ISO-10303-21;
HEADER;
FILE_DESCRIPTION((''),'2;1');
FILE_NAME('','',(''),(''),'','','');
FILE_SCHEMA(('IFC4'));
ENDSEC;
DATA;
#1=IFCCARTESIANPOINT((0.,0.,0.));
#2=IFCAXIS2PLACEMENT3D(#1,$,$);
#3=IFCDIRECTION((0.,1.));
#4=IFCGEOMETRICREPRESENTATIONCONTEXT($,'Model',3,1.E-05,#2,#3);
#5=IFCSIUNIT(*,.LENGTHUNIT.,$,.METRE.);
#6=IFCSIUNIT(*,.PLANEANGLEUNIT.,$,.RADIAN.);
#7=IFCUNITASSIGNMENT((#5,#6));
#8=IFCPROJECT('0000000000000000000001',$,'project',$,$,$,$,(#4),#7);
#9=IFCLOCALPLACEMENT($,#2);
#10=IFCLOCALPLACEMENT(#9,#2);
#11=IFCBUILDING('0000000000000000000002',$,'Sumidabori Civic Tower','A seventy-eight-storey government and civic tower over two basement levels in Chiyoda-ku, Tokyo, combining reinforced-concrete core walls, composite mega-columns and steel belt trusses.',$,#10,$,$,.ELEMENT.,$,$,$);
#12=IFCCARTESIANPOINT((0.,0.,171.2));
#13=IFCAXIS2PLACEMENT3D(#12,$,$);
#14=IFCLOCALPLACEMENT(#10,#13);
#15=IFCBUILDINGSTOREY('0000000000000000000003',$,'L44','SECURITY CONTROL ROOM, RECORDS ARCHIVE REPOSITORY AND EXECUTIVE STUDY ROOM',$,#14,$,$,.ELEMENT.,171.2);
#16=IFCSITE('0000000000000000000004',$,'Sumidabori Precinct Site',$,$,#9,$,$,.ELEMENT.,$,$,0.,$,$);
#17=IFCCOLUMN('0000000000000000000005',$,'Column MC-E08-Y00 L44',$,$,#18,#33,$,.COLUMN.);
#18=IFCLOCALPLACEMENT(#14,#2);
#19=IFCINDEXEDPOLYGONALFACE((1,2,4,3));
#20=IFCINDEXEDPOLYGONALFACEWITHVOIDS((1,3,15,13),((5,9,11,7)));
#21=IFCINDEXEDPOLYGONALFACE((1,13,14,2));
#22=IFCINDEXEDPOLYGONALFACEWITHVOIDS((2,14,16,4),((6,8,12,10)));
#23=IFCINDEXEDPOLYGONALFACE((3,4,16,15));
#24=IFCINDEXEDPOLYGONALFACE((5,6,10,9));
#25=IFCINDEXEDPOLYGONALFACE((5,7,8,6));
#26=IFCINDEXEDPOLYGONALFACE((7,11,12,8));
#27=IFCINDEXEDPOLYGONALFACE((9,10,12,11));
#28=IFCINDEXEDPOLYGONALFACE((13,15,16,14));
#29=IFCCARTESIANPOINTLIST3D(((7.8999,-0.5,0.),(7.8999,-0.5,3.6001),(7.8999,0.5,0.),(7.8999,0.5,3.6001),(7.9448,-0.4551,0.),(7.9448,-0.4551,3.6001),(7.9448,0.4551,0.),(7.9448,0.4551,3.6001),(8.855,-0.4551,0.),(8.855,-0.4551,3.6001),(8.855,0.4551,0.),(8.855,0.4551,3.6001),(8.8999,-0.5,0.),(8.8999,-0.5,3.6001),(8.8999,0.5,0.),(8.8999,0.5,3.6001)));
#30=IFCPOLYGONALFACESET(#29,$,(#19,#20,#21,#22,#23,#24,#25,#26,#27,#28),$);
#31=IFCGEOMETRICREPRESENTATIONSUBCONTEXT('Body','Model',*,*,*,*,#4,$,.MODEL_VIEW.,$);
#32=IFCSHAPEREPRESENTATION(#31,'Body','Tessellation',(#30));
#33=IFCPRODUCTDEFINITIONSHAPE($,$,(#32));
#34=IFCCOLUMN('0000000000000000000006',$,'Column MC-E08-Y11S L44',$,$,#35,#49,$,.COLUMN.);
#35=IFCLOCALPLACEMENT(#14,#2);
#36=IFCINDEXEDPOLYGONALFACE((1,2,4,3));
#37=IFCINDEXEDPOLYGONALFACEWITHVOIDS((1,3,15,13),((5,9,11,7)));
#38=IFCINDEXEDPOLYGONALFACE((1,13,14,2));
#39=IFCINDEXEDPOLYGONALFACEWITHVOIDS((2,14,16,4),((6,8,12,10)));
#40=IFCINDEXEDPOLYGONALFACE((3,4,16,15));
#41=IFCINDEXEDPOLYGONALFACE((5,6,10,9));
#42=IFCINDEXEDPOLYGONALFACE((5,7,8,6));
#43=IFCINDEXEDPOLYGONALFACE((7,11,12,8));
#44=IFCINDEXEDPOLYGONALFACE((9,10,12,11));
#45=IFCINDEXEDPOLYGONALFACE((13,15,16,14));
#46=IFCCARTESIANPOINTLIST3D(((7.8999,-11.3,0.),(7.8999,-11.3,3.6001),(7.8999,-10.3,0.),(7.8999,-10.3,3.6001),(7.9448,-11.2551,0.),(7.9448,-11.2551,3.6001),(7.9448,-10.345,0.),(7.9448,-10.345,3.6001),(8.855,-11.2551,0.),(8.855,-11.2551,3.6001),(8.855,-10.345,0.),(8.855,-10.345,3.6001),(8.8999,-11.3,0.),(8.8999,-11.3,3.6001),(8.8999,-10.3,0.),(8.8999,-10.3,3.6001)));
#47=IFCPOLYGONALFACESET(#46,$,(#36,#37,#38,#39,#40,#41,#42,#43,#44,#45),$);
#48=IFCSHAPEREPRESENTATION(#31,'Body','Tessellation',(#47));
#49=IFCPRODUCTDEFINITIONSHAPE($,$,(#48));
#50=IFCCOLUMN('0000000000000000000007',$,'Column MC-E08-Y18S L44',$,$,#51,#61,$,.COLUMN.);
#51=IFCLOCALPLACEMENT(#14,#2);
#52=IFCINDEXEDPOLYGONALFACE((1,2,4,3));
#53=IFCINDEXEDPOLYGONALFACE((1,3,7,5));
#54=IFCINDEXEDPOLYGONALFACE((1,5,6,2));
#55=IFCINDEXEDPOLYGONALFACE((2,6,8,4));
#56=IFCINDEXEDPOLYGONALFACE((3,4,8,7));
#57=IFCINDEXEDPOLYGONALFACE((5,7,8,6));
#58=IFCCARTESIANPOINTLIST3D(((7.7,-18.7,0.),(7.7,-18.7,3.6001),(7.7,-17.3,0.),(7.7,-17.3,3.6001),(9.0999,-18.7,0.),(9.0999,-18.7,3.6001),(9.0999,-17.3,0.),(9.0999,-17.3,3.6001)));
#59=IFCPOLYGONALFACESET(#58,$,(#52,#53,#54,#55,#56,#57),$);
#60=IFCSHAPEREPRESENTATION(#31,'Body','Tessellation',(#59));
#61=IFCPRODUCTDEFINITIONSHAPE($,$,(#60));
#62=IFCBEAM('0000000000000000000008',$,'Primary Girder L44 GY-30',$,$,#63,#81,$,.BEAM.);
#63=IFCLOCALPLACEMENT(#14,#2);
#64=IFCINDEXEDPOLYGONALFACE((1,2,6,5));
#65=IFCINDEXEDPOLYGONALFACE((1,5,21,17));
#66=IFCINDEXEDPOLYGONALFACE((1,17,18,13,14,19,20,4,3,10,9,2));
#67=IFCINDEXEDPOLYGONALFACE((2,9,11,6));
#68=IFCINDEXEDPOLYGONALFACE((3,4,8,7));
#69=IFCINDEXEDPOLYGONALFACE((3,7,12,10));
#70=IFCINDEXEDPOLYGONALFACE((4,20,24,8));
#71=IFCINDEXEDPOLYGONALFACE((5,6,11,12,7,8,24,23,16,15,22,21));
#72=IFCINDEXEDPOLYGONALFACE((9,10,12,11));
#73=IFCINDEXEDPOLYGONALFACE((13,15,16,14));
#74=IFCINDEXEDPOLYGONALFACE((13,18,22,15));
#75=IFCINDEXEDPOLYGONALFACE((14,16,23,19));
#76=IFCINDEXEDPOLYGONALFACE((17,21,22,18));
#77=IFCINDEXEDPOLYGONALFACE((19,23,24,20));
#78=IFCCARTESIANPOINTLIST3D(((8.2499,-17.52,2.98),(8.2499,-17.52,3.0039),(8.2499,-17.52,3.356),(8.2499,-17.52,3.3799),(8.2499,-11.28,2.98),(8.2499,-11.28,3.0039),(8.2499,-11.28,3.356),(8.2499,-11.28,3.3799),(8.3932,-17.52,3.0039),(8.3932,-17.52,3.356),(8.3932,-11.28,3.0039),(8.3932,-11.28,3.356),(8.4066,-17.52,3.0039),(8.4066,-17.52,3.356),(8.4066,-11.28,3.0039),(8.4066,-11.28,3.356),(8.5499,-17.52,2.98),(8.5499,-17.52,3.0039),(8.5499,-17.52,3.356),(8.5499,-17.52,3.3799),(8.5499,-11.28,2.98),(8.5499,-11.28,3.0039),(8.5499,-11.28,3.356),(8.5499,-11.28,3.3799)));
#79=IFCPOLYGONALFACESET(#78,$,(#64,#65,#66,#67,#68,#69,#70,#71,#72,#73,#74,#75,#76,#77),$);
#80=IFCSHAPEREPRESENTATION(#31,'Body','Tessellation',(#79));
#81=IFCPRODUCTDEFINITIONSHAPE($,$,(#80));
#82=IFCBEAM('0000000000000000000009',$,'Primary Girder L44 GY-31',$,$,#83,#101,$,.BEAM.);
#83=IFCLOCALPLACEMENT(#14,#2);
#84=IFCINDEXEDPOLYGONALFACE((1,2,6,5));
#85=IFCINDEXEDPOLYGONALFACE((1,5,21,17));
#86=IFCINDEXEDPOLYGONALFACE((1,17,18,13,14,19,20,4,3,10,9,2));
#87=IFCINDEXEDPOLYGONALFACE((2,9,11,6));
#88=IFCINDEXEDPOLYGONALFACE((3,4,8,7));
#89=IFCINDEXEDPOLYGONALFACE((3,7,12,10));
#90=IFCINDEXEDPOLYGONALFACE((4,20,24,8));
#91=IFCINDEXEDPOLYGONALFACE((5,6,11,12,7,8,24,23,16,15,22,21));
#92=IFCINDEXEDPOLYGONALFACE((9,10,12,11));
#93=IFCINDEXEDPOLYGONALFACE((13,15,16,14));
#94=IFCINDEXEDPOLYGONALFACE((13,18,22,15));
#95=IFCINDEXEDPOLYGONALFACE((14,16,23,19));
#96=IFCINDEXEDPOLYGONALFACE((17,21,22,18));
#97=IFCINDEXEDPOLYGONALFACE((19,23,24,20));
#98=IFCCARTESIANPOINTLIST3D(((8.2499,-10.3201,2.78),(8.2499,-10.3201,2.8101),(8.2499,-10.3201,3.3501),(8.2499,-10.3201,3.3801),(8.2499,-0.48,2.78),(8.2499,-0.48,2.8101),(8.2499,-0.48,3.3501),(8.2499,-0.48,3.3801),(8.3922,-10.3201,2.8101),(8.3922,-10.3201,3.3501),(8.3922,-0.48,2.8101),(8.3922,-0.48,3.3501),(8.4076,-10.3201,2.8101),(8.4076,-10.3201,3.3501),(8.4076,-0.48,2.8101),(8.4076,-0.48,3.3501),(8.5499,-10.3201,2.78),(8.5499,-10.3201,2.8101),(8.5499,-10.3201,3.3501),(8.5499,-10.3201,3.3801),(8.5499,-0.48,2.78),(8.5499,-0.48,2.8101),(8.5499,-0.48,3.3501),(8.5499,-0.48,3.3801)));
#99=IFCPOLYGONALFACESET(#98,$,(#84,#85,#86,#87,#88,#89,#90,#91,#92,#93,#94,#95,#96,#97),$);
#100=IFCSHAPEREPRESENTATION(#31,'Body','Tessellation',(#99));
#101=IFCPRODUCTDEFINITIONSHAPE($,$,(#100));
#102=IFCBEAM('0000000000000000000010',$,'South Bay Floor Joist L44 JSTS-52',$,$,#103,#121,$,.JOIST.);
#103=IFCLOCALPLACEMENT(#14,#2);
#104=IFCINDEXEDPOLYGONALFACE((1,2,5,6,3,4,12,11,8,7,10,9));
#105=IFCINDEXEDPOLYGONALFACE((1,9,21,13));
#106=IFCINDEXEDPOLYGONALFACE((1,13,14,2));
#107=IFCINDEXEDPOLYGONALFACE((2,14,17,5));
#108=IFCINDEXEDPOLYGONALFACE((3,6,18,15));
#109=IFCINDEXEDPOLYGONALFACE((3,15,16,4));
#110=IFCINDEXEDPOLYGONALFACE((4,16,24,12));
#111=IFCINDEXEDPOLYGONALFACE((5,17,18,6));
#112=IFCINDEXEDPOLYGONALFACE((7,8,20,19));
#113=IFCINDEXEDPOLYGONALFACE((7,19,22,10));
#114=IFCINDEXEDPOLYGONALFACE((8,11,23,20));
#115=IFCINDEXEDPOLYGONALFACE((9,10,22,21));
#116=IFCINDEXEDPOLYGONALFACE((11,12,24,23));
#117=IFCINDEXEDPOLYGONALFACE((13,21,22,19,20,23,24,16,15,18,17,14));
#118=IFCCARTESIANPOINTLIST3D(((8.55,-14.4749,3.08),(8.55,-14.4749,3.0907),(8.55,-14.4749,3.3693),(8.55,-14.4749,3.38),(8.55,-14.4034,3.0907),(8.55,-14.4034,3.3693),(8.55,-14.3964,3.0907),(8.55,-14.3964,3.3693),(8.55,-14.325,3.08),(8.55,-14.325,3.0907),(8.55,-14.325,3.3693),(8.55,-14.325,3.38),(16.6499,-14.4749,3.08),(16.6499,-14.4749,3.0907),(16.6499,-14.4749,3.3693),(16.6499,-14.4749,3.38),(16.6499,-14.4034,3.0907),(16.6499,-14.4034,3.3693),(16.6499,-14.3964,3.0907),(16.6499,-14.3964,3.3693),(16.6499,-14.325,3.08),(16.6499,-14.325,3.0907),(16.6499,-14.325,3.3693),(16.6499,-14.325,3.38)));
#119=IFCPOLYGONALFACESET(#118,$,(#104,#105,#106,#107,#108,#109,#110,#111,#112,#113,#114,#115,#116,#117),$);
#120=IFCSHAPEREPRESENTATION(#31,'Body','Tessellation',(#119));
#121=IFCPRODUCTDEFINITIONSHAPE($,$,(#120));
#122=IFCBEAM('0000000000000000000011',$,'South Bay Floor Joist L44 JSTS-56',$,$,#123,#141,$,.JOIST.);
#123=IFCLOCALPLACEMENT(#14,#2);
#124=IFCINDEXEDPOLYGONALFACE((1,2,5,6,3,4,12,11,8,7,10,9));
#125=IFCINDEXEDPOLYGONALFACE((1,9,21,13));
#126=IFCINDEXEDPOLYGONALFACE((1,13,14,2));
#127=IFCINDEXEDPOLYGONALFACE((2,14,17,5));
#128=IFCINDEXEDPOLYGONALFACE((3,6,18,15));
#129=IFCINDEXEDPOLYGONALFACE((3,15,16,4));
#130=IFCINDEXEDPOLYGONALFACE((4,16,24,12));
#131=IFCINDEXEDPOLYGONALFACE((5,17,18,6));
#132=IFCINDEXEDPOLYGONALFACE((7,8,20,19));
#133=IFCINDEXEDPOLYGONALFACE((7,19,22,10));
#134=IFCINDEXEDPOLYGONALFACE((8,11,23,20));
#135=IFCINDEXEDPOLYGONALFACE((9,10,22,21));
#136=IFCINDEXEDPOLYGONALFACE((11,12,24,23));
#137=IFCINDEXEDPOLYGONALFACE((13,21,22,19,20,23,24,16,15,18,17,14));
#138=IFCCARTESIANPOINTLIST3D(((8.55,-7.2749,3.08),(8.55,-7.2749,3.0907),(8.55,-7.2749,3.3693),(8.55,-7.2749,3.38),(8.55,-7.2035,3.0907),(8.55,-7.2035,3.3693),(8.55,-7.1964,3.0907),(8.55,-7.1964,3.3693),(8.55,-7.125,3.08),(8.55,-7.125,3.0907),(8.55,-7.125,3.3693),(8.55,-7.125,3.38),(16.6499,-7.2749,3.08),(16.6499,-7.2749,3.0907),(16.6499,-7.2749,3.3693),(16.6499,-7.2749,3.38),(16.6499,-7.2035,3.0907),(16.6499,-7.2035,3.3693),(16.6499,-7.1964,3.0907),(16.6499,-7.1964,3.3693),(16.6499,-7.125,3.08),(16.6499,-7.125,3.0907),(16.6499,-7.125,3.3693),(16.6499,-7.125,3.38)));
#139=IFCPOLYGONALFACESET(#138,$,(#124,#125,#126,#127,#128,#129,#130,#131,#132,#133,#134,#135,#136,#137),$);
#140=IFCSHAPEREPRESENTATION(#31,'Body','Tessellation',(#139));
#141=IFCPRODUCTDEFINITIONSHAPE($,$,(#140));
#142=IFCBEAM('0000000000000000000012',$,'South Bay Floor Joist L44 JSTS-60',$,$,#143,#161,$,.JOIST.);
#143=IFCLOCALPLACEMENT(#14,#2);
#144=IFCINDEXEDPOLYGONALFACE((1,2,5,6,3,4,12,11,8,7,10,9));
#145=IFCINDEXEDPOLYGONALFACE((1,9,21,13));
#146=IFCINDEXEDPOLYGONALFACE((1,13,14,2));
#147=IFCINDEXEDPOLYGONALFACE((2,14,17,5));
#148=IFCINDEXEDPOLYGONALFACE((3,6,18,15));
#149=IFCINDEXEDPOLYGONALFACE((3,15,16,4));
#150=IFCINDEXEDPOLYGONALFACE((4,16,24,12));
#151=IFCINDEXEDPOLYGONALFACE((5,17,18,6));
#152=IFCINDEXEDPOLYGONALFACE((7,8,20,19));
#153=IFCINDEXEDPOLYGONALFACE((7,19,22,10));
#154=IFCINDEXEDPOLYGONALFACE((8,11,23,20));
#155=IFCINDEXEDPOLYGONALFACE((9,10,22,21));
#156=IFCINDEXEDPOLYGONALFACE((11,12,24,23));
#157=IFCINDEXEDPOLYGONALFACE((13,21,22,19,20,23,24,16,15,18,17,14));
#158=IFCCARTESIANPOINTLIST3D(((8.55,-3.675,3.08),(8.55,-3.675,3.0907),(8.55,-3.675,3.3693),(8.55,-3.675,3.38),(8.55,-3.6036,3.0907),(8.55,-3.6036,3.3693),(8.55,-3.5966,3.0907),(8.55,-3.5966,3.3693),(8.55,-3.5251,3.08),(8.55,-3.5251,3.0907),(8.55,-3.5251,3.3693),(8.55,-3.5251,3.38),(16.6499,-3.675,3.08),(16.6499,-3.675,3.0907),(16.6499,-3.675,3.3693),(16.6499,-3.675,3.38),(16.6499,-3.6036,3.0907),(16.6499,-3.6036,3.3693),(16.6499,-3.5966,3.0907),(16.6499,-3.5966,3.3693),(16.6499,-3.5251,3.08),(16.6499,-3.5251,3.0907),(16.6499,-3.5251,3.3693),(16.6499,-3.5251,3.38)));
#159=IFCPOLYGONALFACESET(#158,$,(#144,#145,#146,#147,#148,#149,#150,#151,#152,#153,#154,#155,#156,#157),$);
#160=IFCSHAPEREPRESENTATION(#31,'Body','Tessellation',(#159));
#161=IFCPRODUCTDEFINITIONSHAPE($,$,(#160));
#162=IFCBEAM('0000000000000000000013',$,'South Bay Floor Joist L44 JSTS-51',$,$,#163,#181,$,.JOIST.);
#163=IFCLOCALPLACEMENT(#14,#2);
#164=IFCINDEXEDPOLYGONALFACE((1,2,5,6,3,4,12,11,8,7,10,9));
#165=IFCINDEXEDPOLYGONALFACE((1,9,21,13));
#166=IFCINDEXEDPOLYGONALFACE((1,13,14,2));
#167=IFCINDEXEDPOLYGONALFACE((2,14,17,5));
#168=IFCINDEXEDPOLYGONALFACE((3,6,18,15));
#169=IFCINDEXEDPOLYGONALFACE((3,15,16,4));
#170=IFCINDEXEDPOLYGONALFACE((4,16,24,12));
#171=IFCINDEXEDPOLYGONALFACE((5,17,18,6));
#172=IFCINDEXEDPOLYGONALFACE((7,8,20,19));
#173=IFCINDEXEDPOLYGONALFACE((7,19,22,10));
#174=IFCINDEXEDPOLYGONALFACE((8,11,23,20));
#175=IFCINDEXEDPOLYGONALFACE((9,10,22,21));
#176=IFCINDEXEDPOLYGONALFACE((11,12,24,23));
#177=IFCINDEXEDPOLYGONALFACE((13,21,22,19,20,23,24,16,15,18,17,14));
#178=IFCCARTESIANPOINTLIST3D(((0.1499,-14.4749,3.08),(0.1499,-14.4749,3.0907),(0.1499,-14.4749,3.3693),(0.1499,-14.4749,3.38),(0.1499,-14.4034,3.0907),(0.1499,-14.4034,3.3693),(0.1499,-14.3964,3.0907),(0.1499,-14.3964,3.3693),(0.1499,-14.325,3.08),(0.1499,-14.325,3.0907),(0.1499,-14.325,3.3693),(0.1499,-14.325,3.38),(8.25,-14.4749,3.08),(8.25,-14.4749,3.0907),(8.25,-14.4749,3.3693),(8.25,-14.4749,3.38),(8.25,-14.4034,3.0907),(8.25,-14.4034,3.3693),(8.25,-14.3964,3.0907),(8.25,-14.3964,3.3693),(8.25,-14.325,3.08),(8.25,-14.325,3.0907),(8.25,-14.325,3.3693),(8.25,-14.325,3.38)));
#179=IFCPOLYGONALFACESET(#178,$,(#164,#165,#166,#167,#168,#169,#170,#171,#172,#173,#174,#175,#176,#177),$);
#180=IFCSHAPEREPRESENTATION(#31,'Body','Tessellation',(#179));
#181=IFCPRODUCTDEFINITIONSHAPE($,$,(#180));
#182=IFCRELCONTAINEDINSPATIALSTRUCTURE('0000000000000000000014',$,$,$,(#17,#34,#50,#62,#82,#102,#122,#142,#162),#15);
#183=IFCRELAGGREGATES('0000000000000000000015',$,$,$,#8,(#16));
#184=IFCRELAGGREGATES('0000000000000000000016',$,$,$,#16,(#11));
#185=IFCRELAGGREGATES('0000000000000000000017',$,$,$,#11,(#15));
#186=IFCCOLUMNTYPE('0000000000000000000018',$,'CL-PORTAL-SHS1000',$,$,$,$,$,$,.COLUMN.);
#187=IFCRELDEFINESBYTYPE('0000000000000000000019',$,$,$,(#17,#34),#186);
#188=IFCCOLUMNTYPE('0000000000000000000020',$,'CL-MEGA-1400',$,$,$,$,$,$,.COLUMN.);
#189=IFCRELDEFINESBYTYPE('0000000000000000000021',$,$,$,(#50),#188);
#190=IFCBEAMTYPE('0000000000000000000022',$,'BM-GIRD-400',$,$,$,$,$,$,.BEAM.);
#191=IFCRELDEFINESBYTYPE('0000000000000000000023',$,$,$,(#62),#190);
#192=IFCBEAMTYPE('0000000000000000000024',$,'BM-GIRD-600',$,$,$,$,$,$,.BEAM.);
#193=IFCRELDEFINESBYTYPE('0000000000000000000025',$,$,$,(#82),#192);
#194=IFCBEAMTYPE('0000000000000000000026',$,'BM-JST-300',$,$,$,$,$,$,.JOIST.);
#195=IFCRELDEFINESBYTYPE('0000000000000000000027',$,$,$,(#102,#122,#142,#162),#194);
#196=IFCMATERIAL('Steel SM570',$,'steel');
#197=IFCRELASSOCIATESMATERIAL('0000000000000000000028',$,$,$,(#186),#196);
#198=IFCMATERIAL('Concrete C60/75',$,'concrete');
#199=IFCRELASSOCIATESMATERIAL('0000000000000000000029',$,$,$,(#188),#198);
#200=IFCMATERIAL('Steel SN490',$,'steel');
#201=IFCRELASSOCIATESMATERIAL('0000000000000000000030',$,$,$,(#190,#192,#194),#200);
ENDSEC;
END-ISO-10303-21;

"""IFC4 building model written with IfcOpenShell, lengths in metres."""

from ifc_helpers import new_model, si_unit, direction, frame, origin, origin_2d, place, context, subcontext, project, spatial, rectangle, hollow_rectangle, i_section, extrude, source, transform, mapped, material, material_profile, profile_set, type_object, element, save


model = new_model("IFC4")

# Units and contexts
model_context = context("Model", 3, precision=1e-05, world=origin(), true_north=direction((0.0, 1.0)))
body_context = subcontext(model_context, "Body", "Model", "MODEL_VIEW")
ifc_project = project(units=[si_unit("LENGTHUNIT", "METRE"), si_unit("PLANEANGLEUNIT", "RADIAN")], contexts=[model_context])

# Site, building, storey
site_placement = place(None, origin())
site = spatial("IfcSite", under=ifc_project, at=site_placement, Name="Sumidabori Precinct Site", CompositionType="ELEMENT", RefElevation=0.0)
building_placement = place(site_placement, origin())
building = spatial("IfcBuilding", under=site, at=building_placement, Name="Sumidabori Civic Tower", Description="A seventy-eight-storey government and civic tower over two basement levels in Chiyoda-ku, Tokyo, combining reinforced-concrete core walls, composite mega-columns and steel belt trusses.", CompositionType="ELEMENT")
storey_placement = place(building_placement, frame((0.0, 0.0, 171.2)))
storey = spatial("IfcBuildingStorey", under=building, at=storey_placement, Name="L44", Description="SECURITY CONTROL ROOM, RECORDS ARCHIVE REPOSITORY AND EXECUTIVE STUDY ROOM", CompositionType="ELEMENT", Elevation=171.2)

# Columns
ifc_material_1 = material(Name="Steel SM570", Category="steel")
ifc_material_profile_1 = material_profile(ifc_material_1, hollow_rectangle(XDim=1.0, YDim=1.0, WallThickness=0.0449, at=origin_2d()), Name="SHS 1000x1000x45")
ifc_profile_set_1 = profile_set([ifc_material_profile_1], Name="Steel SM570")
column_type_1 = type_object("IfcColumnType", Name="CL-PORTAL-SHS1000", PredefinedType="COLUMN", material=ifc_profile_set_1)
shared_shape_1 = source(origin(), body_context, "Body", "SweptSolid", [
    extrude(hollow_rectangle(XDim=1.0, YDim=1.0, WallThickness=0.0449, at=origin_2d()), origin(), (0.0, 0.0, 1.0), 3.6001),
])
for number, where, z_axis, x_axis, name in (
    (1, (8.3999, 0.0, 0.0), (0.0, 0.0, 1.0), (1.0, 0.0, 0.0), "Column MC-E08-Y00 L44"),
    (2, (8.3999, -10.8, 0.0), (0.0, 0.0, 1.0), (1.0, 0.0, 0.0), "Column MC-E08-Y11S L44"),
):
    element("IfcColumn", number, at=place(storey_placement, frame(where, z_axis=z_axis, x_axis=x_axis)), inside=storey, type_object=column_type_1, Name=name, PredefinedType="COLUMN", context=body_context, shape_type="MappedRepresentation", body=[
        mapped(shared_shape_1, transform((0.0, 0.0, 0.0), x_axis=(1.0, 0.0, 0.0), y_axis=(0.0, 1.0, 0.0), z_axis=(0.0, 0.0, 1.0), scale=1.0)),
    ])
ifc_material_2 = material(Name="Concrete C60/75", Category="concrete")
ifc_material_profile_2 = material_profile(ifc_material_2, rectangle(XDim=1.3999, YDim=1.3999, at=origin_2d()), Name="RC 1400x1400")
ifc_profile_set_2 = profile_set([ifc_material_profile_2], Name="Concrete C60/75")
column_type_2 = type_object("IfcColumnType", Name="CL-MEGA-1400", PredefinedType="COLUMN", material=ifc_profile_set_2)
shared_shape_2 = source(origin(), body_context, "Body", "SweptSolid", [
    extrude(rectangle(XDim=1.3999, YDim=1.3999, at=origin_2d()), origin(), (0.0, 0.0, 1.0), 3.6001),
])
column_placement = place(storey_placement, frame((8.3999, -18.0, 0.0), z_axis=(0.0, 0.0, 1.0), x_axis=(1.0, 0.0, 0.0)))
element("IfcColumn", 3, at=column_placement, inside=storey, type_object=column_type_2, Name="Column MC-E08-Y18S L44", PredefinedType="COLUMN", context=body_context, shape_type="MappedRepresentation", body=[
    mapped(shared_shape_2, transform((0.0, 0.0, 0.0), x_axis=(1.0, 0.0, 0.0), y_axis=(0.0, 1.0, 0.0), z_axis=(0.0, 0.0, 1.0), scale=1.0)),
])

# Beams
ifc_material_3 = material(Name="Steel SN490", Category="steel")
ifc_material_profile_3 = material_profile(ifc_material_3, i_section(OverallWidth=0.3, OverallDepth=0.3999, WebThickness=0.0134, FlangeThickness=0.0239, at=origin_2d()), Name="HE 400 B")
ifc_profile_set_3 = profile_set([ifc_material_profile_3], Name="Steel SN490")
beam_type_1 = type_object("IfcBeamType", Name="BM-GIRD-400", PredefinedType="BEAM", material=ifc_profile_set_3)
shared_shape_3 = source(origin(), body_context, "Body", "SweptSolid", [
    extrude(i_section(OverallWidth=0.3, OverallDepth=0.3999, WebThickness=0.0134, FlangeThickness=0.0239, at=origin_2d()), origin(), (0.0, 0.0, 1.0), 6.24),
])
beam_1_placement = place(storey_placement, frame((8.3999, -17.52, 3.1799), z_axis=(0.0, 1.0, 0.0), x_axis=(-1.0, 0.0, 0.0)))
element("IfcBeam", 4, at=beam_1_placement, inside=storey, type_object=beam_type_1, Name="Primary Girder L44 GY-30", PredefinedType="BEAM", context=body_context, shape_type="MappedRepresentation", body=[
    mapped(shared_shape_3, transform((0.0, 0.0, 0.0), x_axis=(1.0, 0.0, 0.0), y_axis=(0.0, 1.0, 0.0), z_axis=(0.0, 0.0, 1.0), scale=1.0)),
])
ifc_material_profile_4 = material_profile(ifc_material_3, i_section(OverallWidth=0.3, OverallDepth=0.6001, WebThickness=0.0154, FlangeThickness=0.03, at=origin_2d()), Name="HE 600 B")
ifc_profile_set_4 = profile_set([ifc_material_profile_4], Name="Steel SN490")
beam_type_2 = type_object("IfcBeamType", Name="BM-GIRD-600", PredefinedType="BEAM", material=ifc_profile_set_4)
shared_shape_4 = source(origin(), body_context, "Body", "SweptSolid", [
    extrude(i_section(OverallWidth=0.3, OverallDepth=0.6001, WebThickness=0.0154, FlangeThickness=0.03, at=origin_2d()), origin(), (0.0, 0.0, 1.0), 9.8401),
])
beam_2_placement = place(storey_placement, frame((8.3999, -10.3201, 3.0801), z_axis=(0.0, 1.0, 0.0), x_axis=(-1.0, 0.0, 0.0)))
element("IfcBeam", 5, at=beam_2_placement, inside=storey, type_object=beam_type_2, Name="Primary Girder L44 GY-31", PredefinedType="BEAM", context=body_context, shape_type="MappedRepresentation", body=[
    mapped(shared_shape_4, transform((0.0, 0.0, 0.0), x_axis=(1.0, 0.0, 0.0), y_axis=(0.0, 1.0, 0.0), z_axis=(0.0, 0.0, 1.0), scale=1.0)),
])
ifc_material_profile_5 = material_profile(ifc_material_3, i_section(OverallWidth=0.1499, OverallDepth=0.3, WebThickness=0.0071, FlangeThickness=0.0107, at=origin_2d()), Name="IPE 300")
ifc_profile_set_5 = profile_set([ifc_material_profile_5], Name="Steel SN490")
beam_type_3 = type_object("IfcBeamType", Name="BM-JST-300", PredefinedType="JOIST", material=ifc_profile_set_5)
shared_shape_5 = source(origin(), body_context, "Body", "SweptSolid", [
    extrude(i_section(OverallWidth=0.1499, OverallDepth=0.3, WebThickness=0.0071, FlangeThickness=0.0107, at=origin_2d()), origin(), (0.0, 0.0, 1.0), 8.0999),
])
for number, where, z_axis, x_axis, name in (
    (6, (8.55, -14.3999, 3.23), (1.0, 0.0, 0.0), (0.0, 1.0, 0.0), "South Bay Floor Joist L44 JSTS-52"),
    (7, (8.55, -7.2, 3.23), (1.0, 0.0, 0.0), (0.0, 1.0, 0.0), "South Bay Floor Joist L44 JSTS-56"),
    (8, (8.55, -3.6001, 3.23), (1.0, 0.0, 0.0), (0.0, 1.0, 0.0), "South Bay Floor Joist L44 JSTS-60"),
):
    element("IfcBeam", number, at=place(storey_placement, frame(where, z_axis=z_axis, x_axis=x_axis)), inside=storey, type_object=beam_type_3, Name=name, PredefinedType="JOIST", context=body_context, shape_type="MappedRepresentation", body=[
        mapped(shared_shape_5, transform((0.0, 0.0, 0.0), x_axis=(1.0, 0.0, 0.0), y_axis=(0.0, 1.0, 0.0), z_axis=(0.0, 0.0, 1.0), scale=1.0)),
    ])
shared_shape_6 = source(origin(), body_context, "Body", "SweptSolid", [
    extrude(i_section(OverallWidth=0.1499, OverallDepth=0.3, WebThickness=0.0071, FlangeThickness=0.0107, at=origin_2d()), origin(), (0.0, 0.0, 1.0), 8.1001),
])
for number, where, z_axis, x_axis, name in (
    (9, (0.1499, -14.3999, 3.23), (1.0, 0.0, 0.0), (0.0, 1.0, 0.0), "South Bay Floor Joist L44 JSTS-51"),
):
    element("IfcBeam", number, at=place(storey_placement, frame(where, z_axis=z_axis, x_axis=x_axis)), inside=storey, type_object=beam_type_3, Name=name, PredefinedType="JOIST", context=body_context, shape_type="MappedRepresentation", body=[
        mapped(shared_shape_6, transform((0.0, 0.0, 0.0), x_axis=(1.0, 0.0, 0.0), y_axis=(0.0, 1.0, 0.0), z_axis=(0.0, 0.0, 1.0), scale=1.0)),
    ])

save(model, "model.ifc")
